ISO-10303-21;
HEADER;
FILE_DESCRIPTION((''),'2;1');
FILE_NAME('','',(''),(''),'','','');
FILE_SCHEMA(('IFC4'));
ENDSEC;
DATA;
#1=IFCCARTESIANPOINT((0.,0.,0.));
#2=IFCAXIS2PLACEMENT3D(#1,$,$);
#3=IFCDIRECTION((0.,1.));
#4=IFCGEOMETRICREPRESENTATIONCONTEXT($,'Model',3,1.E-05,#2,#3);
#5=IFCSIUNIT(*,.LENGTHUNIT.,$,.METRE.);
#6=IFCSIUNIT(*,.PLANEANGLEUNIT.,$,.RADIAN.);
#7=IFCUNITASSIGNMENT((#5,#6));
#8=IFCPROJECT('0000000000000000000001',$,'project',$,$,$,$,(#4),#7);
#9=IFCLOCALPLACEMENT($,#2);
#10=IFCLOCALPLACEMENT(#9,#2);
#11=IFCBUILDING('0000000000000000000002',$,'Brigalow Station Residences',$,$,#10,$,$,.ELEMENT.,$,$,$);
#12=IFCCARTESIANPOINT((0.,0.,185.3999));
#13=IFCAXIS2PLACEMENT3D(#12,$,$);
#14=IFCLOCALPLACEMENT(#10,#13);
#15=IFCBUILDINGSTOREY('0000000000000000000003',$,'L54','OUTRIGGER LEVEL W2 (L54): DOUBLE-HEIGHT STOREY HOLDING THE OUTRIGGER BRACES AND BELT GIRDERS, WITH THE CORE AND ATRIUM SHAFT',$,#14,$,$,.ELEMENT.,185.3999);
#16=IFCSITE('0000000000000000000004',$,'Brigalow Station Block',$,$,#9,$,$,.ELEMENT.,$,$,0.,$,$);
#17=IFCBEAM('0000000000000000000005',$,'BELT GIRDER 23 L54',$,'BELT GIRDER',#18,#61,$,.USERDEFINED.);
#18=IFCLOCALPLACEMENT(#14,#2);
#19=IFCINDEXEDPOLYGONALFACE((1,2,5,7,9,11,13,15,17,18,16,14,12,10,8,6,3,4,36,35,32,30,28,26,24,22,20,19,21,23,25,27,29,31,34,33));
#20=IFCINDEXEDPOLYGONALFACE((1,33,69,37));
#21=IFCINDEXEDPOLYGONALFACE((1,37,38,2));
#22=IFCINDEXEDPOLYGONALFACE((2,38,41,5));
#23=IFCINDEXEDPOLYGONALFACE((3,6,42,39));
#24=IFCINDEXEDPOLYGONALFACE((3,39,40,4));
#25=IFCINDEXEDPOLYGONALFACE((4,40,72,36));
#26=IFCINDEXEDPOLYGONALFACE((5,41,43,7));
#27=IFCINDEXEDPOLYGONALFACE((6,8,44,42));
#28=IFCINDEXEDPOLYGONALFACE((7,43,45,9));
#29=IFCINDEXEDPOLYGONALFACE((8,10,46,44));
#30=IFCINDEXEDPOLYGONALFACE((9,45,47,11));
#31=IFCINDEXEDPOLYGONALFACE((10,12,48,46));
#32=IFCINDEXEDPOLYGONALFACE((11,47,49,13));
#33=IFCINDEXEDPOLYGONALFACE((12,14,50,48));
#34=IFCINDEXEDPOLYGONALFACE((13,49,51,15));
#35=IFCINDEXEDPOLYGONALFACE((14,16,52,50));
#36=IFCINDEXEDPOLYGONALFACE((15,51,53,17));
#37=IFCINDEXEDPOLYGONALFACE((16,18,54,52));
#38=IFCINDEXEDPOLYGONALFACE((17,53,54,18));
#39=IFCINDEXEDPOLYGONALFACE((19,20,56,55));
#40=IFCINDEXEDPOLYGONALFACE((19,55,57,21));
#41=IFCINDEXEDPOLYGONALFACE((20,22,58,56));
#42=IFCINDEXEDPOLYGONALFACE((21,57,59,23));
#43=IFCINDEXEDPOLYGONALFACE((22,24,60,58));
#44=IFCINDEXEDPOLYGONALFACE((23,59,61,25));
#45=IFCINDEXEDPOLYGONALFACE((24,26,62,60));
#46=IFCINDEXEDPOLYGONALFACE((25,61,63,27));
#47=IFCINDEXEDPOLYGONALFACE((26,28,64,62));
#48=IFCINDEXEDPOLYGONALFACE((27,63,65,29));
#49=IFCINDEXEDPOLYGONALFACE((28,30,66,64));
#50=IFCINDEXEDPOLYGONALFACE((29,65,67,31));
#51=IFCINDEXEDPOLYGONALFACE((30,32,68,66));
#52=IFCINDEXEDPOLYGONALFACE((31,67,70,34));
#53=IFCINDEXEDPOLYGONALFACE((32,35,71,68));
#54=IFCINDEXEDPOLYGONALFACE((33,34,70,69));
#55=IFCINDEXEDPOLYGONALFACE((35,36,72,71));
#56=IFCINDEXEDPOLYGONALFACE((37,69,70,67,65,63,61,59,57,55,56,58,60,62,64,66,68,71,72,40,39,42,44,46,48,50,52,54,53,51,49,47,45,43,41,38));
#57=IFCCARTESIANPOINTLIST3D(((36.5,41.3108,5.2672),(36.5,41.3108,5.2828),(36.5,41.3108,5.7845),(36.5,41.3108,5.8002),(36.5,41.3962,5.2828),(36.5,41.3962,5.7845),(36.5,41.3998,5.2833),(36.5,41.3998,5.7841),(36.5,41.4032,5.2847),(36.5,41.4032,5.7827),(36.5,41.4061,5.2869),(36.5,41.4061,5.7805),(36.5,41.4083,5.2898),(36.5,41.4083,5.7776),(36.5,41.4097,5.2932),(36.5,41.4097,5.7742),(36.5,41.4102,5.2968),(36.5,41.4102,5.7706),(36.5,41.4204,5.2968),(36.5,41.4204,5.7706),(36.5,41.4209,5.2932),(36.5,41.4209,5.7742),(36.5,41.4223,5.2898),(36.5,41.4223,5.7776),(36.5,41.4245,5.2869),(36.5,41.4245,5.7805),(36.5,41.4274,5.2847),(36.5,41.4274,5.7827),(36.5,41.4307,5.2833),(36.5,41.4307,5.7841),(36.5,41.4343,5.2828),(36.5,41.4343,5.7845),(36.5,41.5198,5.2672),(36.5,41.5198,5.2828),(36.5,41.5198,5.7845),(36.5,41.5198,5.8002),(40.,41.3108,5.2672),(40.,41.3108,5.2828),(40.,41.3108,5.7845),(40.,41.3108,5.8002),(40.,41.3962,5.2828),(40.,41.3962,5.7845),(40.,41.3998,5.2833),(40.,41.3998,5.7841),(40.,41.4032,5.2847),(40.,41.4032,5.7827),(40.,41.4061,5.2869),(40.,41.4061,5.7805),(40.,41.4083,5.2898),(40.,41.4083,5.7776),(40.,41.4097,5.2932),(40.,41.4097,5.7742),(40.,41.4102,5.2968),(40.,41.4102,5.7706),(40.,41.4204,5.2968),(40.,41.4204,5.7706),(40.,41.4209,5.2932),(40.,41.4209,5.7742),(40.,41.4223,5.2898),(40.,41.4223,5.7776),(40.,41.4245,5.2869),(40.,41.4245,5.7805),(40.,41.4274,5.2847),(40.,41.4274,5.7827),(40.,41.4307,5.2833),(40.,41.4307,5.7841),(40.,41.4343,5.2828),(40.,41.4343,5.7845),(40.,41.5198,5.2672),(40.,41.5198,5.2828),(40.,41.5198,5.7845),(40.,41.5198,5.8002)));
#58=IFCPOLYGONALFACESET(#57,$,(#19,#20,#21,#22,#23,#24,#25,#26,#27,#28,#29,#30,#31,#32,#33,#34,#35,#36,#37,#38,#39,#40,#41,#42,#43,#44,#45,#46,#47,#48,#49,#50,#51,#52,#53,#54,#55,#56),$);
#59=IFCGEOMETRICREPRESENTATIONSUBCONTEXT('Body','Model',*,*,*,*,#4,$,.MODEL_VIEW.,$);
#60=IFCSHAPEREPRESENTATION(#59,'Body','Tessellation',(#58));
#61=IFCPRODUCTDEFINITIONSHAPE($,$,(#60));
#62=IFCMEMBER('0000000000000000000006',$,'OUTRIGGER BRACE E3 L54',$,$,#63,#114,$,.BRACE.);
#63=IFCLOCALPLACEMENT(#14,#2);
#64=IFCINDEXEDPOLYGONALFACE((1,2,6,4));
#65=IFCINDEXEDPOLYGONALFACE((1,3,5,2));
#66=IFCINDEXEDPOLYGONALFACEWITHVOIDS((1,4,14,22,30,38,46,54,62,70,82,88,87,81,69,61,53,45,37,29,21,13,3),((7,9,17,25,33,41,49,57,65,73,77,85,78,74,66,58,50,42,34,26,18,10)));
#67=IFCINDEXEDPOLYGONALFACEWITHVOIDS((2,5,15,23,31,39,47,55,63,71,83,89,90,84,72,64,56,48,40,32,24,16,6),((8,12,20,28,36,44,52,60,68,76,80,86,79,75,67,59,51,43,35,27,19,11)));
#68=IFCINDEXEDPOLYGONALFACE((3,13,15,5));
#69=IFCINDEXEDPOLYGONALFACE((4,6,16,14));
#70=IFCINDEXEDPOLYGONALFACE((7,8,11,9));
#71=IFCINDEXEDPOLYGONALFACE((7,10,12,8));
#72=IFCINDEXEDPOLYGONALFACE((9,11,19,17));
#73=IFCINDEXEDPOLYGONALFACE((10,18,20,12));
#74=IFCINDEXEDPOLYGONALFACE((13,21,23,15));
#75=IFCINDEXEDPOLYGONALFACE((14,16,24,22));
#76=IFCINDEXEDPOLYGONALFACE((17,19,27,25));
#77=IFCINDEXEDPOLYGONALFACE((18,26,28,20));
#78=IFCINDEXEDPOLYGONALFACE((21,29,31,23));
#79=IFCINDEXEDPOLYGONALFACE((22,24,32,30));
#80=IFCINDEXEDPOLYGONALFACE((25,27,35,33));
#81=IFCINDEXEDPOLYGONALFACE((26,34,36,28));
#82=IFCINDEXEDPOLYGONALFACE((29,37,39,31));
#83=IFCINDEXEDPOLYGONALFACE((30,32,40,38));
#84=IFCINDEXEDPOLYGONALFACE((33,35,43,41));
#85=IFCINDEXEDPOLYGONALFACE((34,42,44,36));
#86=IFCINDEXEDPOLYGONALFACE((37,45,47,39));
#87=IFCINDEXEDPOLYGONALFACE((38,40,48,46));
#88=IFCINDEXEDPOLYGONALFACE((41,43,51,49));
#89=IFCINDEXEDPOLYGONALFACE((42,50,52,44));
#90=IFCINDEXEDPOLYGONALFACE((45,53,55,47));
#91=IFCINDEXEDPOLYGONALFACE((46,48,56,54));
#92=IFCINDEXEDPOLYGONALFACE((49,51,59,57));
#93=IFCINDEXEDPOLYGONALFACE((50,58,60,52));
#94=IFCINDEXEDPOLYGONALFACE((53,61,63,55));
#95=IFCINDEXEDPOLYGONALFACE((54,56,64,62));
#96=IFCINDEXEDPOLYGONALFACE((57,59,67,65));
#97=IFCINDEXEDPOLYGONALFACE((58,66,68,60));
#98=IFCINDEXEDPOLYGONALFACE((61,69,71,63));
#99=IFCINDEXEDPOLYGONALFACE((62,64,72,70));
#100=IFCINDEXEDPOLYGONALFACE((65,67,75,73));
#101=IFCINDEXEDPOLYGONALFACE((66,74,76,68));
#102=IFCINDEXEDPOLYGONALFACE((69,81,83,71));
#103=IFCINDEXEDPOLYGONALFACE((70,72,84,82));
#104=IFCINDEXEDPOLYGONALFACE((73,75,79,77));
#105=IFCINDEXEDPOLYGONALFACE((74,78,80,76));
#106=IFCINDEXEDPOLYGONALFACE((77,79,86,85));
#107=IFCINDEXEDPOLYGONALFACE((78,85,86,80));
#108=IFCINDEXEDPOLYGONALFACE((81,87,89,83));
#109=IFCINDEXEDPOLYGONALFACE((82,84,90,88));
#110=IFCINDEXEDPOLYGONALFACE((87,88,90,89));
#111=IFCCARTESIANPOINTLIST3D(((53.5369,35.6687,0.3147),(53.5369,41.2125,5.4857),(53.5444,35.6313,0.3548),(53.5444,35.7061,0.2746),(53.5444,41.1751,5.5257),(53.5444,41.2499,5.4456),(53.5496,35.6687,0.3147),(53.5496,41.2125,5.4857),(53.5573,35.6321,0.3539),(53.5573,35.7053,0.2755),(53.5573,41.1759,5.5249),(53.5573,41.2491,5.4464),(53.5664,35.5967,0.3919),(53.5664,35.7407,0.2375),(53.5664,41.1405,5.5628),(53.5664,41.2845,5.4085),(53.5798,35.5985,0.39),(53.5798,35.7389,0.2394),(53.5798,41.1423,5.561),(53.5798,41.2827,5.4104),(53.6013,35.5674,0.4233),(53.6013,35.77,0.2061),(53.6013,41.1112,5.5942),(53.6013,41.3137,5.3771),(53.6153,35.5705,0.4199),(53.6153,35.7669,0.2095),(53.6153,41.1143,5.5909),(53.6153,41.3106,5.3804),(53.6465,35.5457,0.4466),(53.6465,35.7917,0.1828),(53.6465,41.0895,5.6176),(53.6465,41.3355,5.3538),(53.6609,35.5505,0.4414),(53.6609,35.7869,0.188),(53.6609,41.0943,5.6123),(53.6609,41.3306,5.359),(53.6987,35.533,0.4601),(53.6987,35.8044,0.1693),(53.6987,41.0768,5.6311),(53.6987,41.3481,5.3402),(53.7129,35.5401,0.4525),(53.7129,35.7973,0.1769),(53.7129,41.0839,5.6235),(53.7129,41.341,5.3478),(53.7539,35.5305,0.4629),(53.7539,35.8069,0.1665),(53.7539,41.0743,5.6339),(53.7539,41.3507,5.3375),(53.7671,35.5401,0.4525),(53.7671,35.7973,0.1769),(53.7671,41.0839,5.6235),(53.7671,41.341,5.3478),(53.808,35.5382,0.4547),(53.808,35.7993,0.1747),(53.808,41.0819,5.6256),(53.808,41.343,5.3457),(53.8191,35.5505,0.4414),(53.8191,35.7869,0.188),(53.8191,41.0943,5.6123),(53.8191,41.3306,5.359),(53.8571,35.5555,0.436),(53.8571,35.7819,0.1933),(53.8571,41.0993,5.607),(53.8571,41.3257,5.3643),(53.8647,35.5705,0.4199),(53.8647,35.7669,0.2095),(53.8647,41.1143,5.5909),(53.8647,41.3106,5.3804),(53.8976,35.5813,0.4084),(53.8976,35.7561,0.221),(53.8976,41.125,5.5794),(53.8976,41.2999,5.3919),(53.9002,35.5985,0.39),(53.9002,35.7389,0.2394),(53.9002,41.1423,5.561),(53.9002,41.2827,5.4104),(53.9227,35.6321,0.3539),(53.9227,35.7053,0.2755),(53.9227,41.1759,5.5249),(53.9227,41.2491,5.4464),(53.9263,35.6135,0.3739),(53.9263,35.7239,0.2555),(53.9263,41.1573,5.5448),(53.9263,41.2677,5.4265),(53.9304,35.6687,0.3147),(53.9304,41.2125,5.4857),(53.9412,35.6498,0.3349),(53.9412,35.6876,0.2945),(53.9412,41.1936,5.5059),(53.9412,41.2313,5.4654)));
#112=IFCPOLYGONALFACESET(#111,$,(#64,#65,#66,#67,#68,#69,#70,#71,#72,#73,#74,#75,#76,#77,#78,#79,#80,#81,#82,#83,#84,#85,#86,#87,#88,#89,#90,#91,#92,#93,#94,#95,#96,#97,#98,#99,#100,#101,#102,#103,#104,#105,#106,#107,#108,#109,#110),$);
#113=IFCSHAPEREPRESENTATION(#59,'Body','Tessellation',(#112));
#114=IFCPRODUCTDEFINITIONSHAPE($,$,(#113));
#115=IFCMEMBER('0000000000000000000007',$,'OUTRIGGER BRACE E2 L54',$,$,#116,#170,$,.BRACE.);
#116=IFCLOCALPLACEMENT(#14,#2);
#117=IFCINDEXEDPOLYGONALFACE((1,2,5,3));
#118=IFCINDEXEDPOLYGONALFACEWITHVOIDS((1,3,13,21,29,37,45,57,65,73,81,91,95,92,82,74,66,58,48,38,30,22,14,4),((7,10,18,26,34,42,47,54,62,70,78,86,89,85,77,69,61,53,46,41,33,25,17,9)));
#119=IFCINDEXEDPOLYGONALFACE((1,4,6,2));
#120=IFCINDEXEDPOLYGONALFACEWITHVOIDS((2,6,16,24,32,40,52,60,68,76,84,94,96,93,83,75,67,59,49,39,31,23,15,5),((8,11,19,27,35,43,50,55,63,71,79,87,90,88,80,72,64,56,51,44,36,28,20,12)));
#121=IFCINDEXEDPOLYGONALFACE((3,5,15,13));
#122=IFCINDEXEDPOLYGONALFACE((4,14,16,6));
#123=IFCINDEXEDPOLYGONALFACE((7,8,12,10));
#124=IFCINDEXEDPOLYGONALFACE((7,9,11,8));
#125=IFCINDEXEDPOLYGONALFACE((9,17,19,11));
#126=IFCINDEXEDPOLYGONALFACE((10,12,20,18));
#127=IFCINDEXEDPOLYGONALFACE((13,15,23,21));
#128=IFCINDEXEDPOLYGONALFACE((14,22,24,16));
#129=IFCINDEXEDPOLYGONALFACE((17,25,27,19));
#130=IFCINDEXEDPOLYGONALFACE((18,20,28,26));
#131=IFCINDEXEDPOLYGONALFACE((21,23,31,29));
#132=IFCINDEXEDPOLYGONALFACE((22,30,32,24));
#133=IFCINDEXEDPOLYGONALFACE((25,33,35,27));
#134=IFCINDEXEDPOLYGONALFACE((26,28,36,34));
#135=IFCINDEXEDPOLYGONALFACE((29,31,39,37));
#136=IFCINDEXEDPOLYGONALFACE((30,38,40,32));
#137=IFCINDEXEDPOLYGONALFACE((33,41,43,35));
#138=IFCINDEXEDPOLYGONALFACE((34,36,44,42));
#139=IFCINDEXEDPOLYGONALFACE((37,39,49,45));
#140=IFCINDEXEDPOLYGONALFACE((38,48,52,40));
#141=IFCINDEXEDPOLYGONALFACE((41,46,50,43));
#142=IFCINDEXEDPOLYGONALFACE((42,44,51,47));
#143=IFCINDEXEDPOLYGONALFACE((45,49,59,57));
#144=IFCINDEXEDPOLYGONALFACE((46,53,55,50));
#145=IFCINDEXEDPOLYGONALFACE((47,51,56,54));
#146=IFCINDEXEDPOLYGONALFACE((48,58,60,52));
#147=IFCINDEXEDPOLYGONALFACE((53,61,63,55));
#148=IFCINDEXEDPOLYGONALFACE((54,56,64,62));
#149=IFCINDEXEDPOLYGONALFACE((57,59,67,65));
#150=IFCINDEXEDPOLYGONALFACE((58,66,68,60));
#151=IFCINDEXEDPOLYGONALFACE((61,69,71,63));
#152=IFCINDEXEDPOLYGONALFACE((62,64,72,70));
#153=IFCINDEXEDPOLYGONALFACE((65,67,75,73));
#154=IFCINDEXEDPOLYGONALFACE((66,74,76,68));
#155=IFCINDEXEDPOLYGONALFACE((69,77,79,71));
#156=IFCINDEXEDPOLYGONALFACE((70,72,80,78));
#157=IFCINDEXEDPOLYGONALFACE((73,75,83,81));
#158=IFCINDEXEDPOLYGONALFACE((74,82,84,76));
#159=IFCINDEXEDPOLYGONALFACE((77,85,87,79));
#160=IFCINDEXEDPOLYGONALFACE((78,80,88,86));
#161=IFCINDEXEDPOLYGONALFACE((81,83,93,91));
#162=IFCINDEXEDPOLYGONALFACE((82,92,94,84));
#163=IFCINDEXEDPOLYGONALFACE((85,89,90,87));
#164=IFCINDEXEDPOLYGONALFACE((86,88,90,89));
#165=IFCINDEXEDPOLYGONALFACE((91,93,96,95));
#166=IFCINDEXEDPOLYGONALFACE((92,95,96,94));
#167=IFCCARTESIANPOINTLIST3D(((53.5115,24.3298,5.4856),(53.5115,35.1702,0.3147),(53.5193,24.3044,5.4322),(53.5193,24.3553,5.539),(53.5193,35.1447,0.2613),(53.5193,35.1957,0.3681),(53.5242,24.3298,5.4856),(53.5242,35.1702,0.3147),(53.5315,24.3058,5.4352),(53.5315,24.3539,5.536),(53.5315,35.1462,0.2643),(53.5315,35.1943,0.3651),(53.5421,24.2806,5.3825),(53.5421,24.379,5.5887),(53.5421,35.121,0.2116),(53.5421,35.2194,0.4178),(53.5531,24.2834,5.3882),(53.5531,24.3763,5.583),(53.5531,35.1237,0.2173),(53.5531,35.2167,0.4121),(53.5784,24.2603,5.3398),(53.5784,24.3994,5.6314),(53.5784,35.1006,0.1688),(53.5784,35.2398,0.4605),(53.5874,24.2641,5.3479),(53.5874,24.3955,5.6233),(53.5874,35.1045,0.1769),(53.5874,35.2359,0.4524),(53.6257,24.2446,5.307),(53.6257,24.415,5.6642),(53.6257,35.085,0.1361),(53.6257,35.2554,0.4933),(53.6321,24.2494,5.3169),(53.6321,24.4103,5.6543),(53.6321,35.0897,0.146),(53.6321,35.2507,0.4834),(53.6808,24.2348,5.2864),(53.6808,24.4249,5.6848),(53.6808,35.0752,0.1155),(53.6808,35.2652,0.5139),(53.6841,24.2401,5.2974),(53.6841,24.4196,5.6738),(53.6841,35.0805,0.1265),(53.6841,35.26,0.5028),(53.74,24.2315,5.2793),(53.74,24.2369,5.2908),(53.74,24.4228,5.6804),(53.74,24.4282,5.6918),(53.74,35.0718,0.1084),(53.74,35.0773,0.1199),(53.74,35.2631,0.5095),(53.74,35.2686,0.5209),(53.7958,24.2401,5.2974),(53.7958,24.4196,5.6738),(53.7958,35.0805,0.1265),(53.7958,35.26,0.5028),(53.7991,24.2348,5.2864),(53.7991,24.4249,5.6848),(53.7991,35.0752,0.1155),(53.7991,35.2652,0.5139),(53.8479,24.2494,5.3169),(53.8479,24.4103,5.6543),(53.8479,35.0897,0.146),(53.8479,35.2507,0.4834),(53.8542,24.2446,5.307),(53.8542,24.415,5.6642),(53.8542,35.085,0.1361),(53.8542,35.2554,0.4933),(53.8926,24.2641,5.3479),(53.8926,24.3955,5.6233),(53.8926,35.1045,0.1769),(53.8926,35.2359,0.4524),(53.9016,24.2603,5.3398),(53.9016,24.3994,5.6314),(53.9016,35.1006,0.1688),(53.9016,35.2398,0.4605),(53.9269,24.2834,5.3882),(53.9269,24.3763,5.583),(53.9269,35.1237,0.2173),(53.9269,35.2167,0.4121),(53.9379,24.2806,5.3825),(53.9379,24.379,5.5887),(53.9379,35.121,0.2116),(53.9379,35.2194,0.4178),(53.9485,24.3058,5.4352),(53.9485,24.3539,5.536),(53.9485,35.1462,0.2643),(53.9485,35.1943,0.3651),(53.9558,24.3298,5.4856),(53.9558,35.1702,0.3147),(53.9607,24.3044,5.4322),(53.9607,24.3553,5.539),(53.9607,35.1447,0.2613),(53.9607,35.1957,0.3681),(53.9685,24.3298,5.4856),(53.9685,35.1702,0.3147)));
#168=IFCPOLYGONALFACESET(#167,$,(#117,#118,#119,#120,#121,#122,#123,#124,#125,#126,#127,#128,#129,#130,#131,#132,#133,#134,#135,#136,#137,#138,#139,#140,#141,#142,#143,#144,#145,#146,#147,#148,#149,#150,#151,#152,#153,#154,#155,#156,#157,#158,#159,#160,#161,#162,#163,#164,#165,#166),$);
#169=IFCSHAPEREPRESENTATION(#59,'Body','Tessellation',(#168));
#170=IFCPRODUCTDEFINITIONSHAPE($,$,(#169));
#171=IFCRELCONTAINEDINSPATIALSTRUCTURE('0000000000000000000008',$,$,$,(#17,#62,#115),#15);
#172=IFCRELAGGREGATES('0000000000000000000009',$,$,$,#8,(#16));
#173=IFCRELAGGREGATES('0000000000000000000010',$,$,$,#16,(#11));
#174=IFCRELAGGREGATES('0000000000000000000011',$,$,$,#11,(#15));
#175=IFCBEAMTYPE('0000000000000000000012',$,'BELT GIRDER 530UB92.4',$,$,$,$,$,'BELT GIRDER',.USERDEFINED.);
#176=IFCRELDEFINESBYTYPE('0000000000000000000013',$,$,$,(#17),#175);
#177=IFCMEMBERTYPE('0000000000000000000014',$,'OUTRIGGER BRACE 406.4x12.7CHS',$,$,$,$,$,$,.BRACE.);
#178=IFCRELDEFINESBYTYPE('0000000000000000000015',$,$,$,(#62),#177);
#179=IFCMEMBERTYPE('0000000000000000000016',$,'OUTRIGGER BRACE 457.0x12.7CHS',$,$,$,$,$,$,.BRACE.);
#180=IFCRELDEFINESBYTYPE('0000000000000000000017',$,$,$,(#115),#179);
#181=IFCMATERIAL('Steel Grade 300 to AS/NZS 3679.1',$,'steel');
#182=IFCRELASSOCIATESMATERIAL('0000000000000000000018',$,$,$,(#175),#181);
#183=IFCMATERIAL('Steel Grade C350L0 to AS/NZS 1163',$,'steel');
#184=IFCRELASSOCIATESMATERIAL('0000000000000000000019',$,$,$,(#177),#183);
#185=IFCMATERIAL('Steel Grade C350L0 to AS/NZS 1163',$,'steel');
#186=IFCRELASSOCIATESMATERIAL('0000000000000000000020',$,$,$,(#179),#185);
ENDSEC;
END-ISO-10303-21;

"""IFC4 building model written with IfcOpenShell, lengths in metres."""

from ifc_helpers import new_model, si_unit, direction, frame, origin, origin_2d, place, context, subcontext, project, spatial, hollow_circle, i_section, extrude, material, material_profile, profile_set, type_object, element, save


model = new_model("IFC4")

# Units and contexts
model_context = context("Model", 3, precision=1e-05, world=origin(), true_north=direction((0.0, 1.0)))
body_context = subcontext(model_context, "Body", "Model", "MODEL_VIEW")
ifc_project = project(units=[si_unit("LENGTHUNIT", "METRE"), si_unit("PLANEANGLEUNIT", "RADIAN")], contexts=[model_context])

# Site, building, storey
site_placement = place(None, origin())
site = spatial("IfcSite", under=ifc_project, at=site_placement, Name="Brigalow Station Block", CompositionType="ELEMENT", RefElevation=0.0)
building_placement = place(site_placement, origin())
building = spatial("IfcBuilding", under=site, at=building_placement, Name="Brigalow Station Residences", CompositionType="ELEMENT")
storey_placement = place(building_placement, frame((0.0, 0.0, 185.3999)))
storey = spatial("IfcBuildingStorey", under=building, at=storey_placement, Name="L54", Description="OUTRIGGER LEVEL W2 (L54): DOUBLE-HEIGHT STOREY HOLDING THE OUTRIGGER BRACES AND BELT GIRDERS, WITH THE CORE AND ATRIUM SHAFT", CompositionType="ELEMENT", Elevation=185.3999)

# Beam
ifc_material_1 = material(Name="Steel Grade 300 to AS/NZS 3679.1", Category="steel")
ifc_material_profile_1 = material_profile(ifc_material_1, i_section(OverallWidth=0.209, OverallDepth=0.533, WebThickness=0.0103, FlangeThickness=0.0156, FilletRadius=0.0139, at=origin_2d()), Name="530UB92.4")
ifc_profile_set_1 = profile_set([ifc_material_profile_1], Name="Steel Grade 300 to AS/NZS 3679.1")
beam_type_1 = type_object("IfcBeamType", Name="BELT GIRDER 530UB92.4", ElementType="BELT GIRDER", PredefinedType="USERDEFINED", material=ifc_profile_set_1)
for number, where, z_axis, x_axis, name in (
    (1, (40.0, 41.4153, 5.5337), (-1.0, 0.0, 0.0), (0.0, -1.0, 0.0), "BELT GIRDER 23 L54"),
):
    element("IfcBeam", number, at=place(storey_placement, frame(where, z_axis=z_axis, x_axis=x_axis)), inside=storey, type_object=beam_type_1, Name=name, ObjectType="BELT GIRDER", PredefinedType="USERDEFINED", context=body_context, shape_type="SweptSolid", body=[
        extrude(i_section(OverallWidth=0.209, OverallDepth=0.533, WebThickness=0.0103, FlangeThickness=0.0156, FilletRadius=0.0139, at=origin_2d()), origin(), (0.0, 0.0, 1.0), 3.5),
    ])

# Members
ifc_material_2 = material(Name="Steel Grade C350L0 to AS/NZS 1163", Category="steel")
ifc_material_profile_2 = material_profile(ifc_material_2, hollow_circle(Radius=0.2031, WallThickness=0.0127, at=origin_2d()), Name="406.4x12.7CHS")
ifc_profile_set_2 = profile_set([ifc_material_profile_2], Name="Steel Grade C350L0 to AS/NZS 1163")
member_type_1 = type_object("IfcMemberType", Name="OUTRIGGER BRACE 406.4x12.7CHS", PredefinedType="BRACE", material=ifc_profile_set_2)
member_1_placement = place(storey_placement, frame((53.74, 35.6687, 0.3147), z_axis=(0.0, 0.731267, 0.682091), x_axis=(-1.0, 0.0, 0.0)))
element("IfcMember", 2, at=member_1_placement, inside=storey, type_object=member_type_1, Name="OUTRIGGER BRACE E3 L54", PredefinedType="BRACE", context=body_context, shape_type="SweptSolid", body=[
    extrude(hollow_circle(Radius=0.2031, WallThickness=0.0127, at=origin_2d()), origin(), (0.0, 0.0, 1.0), 7.5811),
])
ifc_material_3 = material(Name="Steel Grade C350L0 to AS/NZS 1163", Category="steel")
ifc_material_profile_3 = material_profile(ifc_material_3, hollow_circle(Radius=0.2285, WallThickness=0.0127, at=origin_2d()), Name="457.0x12.7CHS")
ifc_profile_set_3 = profile_set([ifc_material_profile_3], Name="Steel Grade C350L0 to AS/NZS 1163")
member_type_2 = type_object("IfcMemberType", Name="OUTRIGGER BRACE 457.0x12.7CHS", PredefinedType="BRACE", material=ifc_profile_set_3)
member_2_placement = place(storey_placement, frame((53.74, 24.3298, 5.4856), z_axis=(0.0, 0.902575, -0.430533), x_axis=(-1.0, 0.0, 0.0)))
element("IfcMember", 3, at=member_2_placement, inside=storey, type_object=member_type_2, Name="OUTRIGGER BRACE E2 L54", PredefinedType="BRACE", context=body_context, shape_type="SweptSolid", body=[
    extrude(hollow_circle(Radius=0.2285, WallThickness=0.0127, at=origin_2d()), origin(), (0.0, 0.0, 1.0), 12.0105),
])

save(model, "model.ifc")
